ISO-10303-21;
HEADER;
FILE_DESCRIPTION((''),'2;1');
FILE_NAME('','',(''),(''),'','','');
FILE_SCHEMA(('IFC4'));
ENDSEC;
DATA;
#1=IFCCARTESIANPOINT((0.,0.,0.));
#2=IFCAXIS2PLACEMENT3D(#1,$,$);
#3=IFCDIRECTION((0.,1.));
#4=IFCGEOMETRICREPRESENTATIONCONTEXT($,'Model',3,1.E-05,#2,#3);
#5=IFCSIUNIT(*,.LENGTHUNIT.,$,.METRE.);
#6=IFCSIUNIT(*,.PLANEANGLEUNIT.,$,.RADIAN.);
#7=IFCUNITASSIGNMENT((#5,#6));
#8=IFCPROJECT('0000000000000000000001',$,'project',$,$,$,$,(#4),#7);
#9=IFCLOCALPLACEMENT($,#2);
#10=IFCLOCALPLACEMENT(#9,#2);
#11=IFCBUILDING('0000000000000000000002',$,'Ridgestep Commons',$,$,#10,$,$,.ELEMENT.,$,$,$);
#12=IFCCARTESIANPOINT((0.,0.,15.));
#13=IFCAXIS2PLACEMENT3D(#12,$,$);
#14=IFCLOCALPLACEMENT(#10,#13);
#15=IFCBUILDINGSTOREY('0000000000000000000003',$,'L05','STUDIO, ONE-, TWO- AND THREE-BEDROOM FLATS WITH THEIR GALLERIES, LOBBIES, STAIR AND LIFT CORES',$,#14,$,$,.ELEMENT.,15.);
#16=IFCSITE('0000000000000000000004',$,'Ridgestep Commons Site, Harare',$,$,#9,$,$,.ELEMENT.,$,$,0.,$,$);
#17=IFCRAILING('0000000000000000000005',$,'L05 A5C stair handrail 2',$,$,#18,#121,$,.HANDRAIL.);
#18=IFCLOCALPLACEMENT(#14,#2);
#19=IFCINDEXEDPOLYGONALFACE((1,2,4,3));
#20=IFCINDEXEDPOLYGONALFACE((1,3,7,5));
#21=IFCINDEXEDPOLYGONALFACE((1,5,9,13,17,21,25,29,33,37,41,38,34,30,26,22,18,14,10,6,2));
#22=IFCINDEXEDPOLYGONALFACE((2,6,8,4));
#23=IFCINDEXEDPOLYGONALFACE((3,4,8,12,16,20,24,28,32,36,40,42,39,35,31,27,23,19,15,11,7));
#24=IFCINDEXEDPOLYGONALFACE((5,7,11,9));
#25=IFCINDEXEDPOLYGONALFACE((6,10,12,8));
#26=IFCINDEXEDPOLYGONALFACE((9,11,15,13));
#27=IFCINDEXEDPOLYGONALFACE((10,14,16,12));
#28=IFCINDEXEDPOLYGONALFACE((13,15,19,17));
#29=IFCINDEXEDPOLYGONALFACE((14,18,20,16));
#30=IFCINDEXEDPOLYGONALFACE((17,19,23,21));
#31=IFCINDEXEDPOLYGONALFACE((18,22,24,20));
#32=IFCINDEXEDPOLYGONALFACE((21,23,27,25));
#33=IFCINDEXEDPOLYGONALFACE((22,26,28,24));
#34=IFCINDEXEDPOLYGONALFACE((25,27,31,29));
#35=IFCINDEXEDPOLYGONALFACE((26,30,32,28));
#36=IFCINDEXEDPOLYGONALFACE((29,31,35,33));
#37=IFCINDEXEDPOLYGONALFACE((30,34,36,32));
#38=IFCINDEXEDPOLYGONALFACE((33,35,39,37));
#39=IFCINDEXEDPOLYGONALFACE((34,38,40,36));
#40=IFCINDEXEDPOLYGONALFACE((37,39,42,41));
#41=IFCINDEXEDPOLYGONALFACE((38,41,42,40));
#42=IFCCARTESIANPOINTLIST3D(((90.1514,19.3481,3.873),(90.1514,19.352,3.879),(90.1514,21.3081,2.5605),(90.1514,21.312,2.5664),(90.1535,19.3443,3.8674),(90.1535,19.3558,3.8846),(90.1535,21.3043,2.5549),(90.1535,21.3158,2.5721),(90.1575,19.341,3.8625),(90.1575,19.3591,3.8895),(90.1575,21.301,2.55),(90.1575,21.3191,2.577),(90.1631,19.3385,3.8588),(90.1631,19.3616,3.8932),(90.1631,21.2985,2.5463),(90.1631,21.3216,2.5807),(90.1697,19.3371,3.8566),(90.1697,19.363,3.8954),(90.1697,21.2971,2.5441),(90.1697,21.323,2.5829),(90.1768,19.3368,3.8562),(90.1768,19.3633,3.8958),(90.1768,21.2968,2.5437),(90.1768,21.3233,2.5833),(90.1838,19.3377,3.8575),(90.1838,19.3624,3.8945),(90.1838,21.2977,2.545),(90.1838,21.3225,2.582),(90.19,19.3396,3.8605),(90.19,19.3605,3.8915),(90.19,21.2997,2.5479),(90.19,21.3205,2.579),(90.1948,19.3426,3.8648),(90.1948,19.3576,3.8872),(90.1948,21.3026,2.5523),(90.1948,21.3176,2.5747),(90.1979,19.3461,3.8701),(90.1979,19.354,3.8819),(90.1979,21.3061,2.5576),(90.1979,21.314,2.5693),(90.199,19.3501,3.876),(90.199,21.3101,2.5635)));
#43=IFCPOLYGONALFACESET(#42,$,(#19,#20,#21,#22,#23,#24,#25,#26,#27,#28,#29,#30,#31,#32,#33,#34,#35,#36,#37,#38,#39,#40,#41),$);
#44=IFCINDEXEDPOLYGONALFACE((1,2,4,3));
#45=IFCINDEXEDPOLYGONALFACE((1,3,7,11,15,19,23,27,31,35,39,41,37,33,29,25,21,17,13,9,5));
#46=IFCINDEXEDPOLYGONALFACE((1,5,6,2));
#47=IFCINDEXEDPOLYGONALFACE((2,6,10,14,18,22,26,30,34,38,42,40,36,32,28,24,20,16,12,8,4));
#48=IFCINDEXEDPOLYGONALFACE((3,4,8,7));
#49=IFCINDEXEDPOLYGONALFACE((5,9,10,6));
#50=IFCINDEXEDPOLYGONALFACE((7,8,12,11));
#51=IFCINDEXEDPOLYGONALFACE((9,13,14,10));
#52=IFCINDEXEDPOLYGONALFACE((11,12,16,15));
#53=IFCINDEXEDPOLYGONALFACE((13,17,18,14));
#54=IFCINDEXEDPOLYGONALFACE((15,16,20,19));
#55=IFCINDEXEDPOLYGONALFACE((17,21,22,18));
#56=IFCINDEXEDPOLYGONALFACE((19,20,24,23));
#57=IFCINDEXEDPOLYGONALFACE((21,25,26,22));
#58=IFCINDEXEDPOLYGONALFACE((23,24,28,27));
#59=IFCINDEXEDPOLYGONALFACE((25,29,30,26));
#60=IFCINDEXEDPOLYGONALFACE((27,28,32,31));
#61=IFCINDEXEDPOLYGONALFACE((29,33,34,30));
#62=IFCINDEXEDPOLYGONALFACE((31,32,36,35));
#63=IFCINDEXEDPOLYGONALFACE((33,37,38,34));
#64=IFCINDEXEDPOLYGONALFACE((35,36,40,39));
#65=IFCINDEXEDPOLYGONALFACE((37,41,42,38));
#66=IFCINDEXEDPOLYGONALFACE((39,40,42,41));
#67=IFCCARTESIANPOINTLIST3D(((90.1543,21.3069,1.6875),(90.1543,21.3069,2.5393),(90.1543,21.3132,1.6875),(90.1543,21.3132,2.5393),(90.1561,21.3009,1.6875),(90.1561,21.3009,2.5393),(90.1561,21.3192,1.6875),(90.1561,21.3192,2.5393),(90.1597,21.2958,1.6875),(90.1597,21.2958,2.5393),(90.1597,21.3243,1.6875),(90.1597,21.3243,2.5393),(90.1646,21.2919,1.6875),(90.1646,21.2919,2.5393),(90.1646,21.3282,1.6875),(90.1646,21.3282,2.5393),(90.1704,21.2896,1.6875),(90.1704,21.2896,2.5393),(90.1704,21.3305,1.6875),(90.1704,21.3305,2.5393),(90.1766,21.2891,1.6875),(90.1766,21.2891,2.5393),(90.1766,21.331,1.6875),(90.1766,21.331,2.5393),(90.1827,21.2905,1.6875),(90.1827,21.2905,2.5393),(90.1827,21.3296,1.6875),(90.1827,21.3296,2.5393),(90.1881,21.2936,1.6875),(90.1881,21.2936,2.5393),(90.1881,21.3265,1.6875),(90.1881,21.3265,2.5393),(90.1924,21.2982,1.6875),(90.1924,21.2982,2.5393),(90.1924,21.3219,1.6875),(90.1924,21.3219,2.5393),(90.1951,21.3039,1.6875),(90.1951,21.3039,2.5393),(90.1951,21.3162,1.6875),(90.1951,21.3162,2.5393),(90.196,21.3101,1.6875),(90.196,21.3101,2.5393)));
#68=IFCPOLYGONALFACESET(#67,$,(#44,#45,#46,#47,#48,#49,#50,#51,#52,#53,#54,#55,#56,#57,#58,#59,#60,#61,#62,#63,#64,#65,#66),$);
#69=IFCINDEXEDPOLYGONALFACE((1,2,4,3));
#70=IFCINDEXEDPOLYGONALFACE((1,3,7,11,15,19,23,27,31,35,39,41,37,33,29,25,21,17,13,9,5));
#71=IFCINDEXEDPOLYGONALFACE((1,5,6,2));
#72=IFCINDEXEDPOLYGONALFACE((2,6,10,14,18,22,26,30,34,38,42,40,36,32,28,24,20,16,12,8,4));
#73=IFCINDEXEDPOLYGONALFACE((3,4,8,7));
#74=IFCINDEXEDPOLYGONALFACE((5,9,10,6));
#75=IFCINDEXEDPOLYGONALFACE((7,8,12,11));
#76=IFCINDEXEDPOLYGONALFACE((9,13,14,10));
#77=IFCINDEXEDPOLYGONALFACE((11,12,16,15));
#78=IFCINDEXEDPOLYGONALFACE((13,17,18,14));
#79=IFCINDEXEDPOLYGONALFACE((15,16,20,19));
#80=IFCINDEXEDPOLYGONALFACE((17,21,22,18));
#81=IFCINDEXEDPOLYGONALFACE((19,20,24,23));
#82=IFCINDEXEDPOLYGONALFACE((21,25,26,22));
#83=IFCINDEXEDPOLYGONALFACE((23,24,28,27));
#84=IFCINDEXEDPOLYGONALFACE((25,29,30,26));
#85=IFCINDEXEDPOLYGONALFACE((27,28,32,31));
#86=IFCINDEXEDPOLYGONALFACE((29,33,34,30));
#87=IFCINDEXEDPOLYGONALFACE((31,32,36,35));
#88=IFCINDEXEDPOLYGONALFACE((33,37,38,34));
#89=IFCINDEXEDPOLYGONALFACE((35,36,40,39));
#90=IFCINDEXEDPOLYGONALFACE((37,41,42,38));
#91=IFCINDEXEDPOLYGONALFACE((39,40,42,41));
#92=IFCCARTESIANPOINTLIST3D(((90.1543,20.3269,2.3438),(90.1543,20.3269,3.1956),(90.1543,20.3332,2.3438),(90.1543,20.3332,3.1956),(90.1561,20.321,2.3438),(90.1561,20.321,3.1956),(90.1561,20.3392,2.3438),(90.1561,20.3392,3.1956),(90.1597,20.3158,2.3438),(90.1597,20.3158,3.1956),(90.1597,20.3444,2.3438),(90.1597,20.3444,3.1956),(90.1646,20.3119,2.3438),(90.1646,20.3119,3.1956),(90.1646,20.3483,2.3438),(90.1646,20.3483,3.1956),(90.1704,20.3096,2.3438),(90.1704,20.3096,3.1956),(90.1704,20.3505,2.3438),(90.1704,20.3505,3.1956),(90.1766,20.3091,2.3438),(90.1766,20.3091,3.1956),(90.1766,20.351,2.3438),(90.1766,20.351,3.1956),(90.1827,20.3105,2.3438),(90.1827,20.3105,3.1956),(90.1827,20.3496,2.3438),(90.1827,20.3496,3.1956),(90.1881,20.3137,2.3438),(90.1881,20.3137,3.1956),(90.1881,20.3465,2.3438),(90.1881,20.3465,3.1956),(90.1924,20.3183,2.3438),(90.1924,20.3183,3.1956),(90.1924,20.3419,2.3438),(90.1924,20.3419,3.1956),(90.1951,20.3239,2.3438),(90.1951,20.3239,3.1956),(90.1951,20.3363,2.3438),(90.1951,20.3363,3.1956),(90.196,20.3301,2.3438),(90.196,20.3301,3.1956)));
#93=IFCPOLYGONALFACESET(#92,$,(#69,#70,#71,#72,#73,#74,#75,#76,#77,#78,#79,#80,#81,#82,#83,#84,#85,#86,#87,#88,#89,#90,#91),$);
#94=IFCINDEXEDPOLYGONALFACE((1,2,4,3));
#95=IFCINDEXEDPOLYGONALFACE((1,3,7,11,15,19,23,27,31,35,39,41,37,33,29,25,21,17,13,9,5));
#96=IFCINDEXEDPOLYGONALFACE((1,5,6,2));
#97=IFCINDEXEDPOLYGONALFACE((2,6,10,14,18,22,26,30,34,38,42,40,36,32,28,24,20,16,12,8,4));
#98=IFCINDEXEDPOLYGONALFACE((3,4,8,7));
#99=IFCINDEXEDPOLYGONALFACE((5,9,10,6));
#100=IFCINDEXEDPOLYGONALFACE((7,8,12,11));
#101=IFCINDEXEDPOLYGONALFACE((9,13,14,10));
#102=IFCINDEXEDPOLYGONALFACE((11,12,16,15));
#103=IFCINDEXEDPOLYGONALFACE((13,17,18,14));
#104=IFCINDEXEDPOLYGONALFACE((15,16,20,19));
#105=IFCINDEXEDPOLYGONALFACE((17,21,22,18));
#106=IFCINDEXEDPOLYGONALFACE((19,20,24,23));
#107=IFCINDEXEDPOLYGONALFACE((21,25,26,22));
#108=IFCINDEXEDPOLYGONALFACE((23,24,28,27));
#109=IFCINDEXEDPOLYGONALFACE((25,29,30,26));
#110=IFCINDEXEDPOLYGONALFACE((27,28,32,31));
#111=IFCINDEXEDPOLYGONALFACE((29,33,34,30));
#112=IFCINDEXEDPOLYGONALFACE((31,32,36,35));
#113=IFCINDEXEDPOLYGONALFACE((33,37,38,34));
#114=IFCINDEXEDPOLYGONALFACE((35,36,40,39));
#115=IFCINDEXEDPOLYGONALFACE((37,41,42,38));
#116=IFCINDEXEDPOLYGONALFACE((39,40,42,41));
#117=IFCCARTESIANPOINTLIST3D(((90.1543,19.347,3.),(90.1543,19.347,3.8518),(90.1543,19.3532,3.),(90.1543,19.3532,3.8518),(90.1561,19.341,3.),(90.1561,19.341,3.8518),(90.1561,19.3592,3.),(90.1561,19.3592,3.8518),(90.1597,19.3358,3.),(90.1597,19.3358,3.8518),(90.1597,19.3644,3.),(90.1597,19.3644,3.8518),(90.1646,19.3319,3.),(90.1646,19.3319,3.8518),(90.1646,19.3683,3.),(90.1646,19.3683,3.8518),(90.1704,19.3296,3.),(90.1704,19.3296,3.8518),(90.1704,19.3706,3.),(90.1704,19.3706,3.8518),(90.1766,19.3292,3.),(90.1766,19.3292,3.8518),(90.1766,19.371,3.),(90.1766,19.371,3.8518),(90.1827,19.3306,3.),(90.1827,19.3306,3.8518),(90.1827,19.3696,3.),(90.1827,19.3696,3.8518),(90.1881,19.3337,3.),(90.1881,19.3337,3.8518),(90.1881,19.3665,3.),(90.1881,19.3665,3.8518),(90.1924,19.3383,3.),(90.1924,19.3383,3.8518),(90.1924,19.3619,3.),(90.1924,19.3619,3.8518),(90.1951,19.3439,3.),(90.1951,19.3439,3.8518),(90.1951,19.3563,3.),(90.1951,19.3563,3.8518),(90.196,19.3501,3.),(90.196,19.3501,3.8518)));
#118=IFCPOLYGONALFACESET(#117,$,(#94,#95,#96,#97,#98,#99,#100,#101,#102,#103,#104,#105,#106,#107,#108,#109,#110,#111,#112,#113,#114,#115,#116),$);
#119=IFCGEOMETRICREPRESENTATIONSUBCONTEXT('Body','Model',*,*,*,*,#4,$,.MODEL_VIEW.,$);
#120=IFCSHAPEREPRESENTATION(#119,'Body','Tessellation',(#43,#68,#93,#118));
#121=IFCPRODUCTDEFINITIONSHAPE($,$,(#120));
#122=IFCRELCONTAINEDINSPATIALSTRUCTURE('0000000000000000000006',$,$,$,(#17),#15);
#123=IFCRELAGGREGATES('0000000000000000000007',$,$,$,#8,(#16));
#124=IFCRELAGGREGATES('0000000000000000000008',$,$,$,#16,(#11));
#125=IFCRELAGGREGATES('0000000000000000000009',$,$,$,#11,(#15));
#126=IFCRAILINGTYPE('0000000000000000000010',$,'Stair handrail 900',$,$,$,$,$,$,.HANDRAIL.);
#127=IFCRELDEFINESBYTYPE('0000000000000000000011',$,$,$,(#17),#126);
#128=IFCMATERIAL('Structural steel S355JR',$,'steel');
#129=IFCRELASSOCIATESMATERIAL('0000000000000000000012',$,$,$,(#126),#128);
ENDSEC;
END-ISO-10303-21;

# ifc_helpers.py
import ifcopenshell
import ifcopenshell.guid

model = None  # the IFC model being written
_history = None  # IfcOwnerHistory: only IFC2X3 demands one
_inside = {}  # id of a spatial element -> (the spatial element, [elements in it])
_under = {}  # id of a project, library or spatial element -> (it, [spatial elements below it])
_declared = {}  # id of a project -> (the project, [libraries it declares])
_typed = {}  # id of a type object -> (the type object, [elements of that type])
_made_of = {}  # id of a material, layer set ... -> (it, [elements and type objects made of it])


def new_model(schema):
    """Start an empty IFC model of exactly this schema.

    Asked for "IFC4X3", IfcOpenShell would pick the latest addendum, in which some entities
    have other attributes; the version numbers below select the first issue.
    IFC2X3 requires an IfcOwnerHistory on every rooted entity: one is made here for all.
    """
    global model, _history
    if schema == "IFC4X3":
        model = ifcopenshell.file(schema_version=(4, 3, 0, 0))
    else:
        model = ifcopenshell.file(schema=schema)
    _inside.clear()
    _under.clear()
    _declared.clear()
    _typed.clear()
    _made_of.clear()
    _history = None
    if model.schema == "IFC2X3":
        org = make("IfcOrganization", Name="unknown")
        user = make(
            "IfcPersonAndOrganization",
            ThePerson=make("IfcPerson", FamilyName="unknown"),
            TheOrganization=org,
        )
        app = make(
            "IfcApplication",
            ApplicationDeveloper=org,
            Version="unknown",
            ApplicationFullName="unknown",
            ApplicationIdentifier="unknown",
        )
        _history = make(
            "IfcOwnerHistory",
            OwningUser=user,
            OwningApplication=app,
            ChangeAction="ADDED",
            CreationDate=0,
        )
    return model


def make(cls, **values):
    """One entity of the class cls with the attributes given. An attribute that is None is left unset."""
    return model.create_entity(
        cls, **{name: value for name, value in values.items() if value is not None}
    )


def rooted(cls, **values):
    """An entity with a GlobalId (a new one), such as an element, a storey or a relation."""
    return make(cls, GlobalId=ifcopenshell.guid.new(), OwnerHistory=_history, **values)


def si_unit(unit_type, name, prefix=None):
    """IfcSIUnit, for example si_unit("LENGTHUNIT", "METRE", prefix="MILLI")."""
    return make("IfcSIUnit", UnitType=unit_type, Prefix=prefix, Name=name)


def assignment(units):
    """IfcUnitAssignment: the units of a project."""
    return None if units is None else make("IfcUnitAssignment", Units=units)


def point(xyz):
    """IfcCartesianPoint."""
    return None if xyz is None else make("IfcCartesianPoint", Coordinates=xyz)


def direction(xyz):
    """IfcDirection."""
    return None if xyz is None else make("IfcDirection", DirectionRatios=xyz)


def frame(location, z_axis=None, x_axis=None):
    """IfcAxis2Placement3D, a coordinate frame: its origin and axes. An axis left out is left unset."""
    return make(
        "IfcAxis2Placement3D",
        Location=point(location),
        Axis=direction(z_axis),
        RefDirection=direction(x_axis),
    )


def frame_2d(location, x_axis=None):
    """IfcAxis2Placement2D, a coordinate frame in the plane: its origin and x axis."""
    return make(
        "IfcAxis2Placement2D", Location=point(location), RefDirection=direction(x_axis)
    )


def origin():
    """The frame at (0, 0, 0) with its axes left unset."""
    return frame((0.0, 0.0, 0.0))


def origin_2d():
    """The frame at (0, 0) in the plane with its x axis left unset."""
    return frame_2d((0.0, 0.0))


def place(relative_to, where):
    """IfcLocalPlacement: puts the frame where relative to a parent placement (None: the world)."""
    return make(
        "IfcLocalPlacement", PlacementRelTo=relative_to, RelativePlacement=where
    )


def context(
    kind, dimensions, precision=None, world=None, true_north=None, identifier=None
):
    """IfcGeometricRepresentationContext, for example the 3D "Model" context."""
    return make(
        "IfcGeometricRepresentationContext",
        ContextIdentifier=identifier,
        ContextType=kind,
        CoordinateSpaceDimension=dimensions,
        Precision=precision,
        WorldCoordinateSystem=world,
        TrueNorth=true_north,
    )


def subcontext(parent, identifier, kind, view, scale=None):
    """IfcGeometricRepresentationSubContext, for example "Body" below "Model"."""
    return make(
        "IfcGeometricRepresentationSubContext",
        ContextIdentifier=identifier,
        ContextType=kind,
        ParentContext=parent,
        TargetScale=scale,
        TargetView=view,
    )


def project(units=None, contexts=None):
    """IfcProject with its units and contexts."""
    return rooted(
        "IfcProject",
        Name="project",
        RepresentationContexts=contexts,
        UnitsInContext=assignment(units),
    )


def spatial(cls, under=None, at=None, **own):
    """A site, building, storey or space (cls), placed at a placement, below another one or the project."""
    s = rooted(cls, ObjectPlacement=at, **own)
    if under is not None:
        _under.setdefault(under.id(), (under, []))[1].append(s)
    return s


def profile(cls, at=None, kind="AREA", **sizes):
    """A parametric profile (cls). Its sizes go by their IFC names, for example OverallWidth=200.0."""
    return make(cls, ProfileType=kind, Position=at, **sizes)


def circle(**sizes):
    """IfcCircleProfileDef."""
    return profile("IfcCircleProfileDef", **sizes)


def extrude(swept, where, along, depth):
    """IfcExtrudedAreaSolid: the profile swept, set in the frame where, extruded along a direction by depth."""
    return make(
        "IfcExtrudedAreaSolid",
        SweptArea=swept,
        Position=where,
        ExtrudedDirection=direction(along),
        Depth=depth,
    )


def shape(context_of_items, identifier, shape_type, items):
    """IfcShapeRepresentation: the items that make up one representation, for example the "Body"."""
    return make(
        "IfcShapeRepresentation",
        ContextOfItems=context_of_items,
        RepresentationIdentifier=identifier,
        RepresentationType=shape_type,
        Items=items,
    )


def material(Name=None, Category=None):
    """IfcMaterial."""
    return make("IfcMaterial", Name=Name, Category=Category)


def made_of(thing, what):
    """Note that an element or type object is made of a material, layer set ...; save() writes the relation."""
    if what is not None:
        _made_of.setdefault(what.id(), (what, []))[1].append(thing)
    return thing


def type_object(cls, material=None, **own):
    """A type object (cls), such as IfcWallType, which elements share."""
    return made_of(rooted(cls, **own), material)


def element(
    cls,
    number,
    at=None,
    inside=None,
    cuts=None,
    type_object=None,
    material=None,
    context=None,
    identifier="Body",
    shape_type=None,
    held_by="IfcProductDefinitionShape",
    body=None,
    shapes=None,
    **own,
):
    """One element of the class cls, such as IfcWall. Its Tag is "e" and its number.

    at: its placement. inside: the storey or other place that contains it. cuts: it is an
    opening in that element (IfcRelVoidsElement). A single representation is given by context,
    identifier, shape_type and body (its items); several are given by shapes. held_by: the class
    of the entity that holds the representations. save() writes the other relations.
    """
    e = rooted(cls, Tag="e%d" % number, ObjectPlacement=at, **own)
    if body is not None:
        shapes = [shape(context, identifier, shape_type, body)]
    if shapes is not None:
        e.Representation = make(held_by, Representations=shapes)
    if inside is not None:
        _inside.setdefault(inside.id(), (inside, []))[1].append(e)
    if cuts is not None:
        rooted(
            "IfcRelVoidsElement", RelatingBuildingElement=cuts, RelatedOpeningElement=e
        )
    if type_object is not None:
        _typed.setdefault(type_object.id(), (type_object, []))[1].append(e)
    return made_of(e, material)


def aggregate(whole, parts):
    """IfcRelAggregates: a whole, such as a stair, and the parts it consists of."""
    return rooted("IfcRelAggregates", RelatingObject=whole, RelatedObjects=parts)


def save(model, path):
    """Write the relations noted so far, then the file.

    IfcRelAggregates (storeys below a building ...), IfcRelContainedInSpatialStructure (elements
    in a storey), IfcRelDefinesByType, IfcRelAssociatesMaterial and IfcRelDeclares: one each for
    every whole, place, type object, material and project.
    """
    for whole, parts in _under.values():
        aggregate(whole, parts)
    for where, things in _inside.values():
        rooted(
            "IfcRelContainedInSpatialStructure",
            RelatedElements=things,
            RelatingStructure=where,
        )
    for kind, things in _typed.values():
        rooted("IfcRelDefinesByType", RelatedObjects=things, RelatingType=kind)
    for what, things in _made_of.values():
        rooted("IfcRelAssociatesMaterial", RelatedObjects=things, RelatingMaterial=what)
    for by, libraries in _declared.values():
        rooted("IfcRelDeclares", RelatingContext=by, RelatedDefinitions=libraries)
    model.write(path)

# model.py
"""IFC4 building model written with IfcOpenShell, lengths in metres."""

from ifc_helpers import new_model, si_unit, direction, frame, origin, origin_2d, place, context, subcontext, project, spatial, circle, extrude, material, type_object, element, save


model = new_model("IFC4")

# Units and contexts
model_context = context("Model", 3, precision=1e-05, world=origin(), true_north=direction((0.0, 1.0)))
body_context = subcontext(model_context, "Body", "Model", "MODEL_VIEW")
ifc_project = project(units=[si_unit("LENGTHUNIT", "METRE"), si_unit("PLANEANGLEUNIT", "RADIAN")], contexts=[model_context])

# Site, building, storey
site_placement = place(None, origin())
site = spatial("IfcSite", under=ifc_project, at=site_placement, Name="Ridgestep Commons Site, Harare", CompositionType="ELEMENT", RefElevation=0.0)
building_placement = place(site_placement, origin())
building = spatial("IfcBuilding", under=site, at=building_placement, Name="Ridgestep Commons", CompositionType="ELEMENT")
storey_placement = place(building_placement, frame((0.0, 0.0, 15.0)))
storey = spatial("IfcBuildingStorey", under=building, at=storey_placement, Name="L05", Description="STUDIO, ONE-, TWO- AND THREE-BEDROOM FLATS WITH THEIR GALLERIES, LOBBIES, STAIR AND LIFT CORES", CompositionType="ELEMENT", Elevation=15.0)

# Railing
ifc_material_1 = material(Name="Structural steel S355JR", Category="steel")
railing_type_1 = type_object("IfcRailingType", Name="Stair handrail 900", PredefinedType="HANDRAIL", material=ifc_material_1)
railing_1_placement = place(storey_placement, frame((90.175, 21.3101, 1.6875)))
element("IfcRailing", 1, at=railing_1_placement, inside=storey, type_object=railing_type_1, Name="L05 A5C stair handrail 2", PredefinedType="HANDRAIL", context=body_context, shape_type="SweptSolid", body=[
    extrude(circle(Radius=0.0239, at=origin_2d()), frame((0.0, 0.0, 0.876), z_axis=(0.0, -0.830902, 0.556419), x_axis=(1.0, 0.0, 0.0)), (0.0, 0.0, 1.0), 2.3589),
    extrude(circle(Radius=0.021, at=origin_2d()), origin(), (0.0, 0.0, 1.0), 0.8518),
    extrude(circle(Radius=0.021, at=origin_2d()), frame((0.0, -0.98, 0.6562)), (0.0, 0.0, 1.0), 0.8518),
    extrude(circle(Radius=0.021, at=origin_2d()), frame((0.0, -1.96, 1.3125)), (0.0, 0.0, 1.0), 0.8518),
])

save(model, "model.ifc")
